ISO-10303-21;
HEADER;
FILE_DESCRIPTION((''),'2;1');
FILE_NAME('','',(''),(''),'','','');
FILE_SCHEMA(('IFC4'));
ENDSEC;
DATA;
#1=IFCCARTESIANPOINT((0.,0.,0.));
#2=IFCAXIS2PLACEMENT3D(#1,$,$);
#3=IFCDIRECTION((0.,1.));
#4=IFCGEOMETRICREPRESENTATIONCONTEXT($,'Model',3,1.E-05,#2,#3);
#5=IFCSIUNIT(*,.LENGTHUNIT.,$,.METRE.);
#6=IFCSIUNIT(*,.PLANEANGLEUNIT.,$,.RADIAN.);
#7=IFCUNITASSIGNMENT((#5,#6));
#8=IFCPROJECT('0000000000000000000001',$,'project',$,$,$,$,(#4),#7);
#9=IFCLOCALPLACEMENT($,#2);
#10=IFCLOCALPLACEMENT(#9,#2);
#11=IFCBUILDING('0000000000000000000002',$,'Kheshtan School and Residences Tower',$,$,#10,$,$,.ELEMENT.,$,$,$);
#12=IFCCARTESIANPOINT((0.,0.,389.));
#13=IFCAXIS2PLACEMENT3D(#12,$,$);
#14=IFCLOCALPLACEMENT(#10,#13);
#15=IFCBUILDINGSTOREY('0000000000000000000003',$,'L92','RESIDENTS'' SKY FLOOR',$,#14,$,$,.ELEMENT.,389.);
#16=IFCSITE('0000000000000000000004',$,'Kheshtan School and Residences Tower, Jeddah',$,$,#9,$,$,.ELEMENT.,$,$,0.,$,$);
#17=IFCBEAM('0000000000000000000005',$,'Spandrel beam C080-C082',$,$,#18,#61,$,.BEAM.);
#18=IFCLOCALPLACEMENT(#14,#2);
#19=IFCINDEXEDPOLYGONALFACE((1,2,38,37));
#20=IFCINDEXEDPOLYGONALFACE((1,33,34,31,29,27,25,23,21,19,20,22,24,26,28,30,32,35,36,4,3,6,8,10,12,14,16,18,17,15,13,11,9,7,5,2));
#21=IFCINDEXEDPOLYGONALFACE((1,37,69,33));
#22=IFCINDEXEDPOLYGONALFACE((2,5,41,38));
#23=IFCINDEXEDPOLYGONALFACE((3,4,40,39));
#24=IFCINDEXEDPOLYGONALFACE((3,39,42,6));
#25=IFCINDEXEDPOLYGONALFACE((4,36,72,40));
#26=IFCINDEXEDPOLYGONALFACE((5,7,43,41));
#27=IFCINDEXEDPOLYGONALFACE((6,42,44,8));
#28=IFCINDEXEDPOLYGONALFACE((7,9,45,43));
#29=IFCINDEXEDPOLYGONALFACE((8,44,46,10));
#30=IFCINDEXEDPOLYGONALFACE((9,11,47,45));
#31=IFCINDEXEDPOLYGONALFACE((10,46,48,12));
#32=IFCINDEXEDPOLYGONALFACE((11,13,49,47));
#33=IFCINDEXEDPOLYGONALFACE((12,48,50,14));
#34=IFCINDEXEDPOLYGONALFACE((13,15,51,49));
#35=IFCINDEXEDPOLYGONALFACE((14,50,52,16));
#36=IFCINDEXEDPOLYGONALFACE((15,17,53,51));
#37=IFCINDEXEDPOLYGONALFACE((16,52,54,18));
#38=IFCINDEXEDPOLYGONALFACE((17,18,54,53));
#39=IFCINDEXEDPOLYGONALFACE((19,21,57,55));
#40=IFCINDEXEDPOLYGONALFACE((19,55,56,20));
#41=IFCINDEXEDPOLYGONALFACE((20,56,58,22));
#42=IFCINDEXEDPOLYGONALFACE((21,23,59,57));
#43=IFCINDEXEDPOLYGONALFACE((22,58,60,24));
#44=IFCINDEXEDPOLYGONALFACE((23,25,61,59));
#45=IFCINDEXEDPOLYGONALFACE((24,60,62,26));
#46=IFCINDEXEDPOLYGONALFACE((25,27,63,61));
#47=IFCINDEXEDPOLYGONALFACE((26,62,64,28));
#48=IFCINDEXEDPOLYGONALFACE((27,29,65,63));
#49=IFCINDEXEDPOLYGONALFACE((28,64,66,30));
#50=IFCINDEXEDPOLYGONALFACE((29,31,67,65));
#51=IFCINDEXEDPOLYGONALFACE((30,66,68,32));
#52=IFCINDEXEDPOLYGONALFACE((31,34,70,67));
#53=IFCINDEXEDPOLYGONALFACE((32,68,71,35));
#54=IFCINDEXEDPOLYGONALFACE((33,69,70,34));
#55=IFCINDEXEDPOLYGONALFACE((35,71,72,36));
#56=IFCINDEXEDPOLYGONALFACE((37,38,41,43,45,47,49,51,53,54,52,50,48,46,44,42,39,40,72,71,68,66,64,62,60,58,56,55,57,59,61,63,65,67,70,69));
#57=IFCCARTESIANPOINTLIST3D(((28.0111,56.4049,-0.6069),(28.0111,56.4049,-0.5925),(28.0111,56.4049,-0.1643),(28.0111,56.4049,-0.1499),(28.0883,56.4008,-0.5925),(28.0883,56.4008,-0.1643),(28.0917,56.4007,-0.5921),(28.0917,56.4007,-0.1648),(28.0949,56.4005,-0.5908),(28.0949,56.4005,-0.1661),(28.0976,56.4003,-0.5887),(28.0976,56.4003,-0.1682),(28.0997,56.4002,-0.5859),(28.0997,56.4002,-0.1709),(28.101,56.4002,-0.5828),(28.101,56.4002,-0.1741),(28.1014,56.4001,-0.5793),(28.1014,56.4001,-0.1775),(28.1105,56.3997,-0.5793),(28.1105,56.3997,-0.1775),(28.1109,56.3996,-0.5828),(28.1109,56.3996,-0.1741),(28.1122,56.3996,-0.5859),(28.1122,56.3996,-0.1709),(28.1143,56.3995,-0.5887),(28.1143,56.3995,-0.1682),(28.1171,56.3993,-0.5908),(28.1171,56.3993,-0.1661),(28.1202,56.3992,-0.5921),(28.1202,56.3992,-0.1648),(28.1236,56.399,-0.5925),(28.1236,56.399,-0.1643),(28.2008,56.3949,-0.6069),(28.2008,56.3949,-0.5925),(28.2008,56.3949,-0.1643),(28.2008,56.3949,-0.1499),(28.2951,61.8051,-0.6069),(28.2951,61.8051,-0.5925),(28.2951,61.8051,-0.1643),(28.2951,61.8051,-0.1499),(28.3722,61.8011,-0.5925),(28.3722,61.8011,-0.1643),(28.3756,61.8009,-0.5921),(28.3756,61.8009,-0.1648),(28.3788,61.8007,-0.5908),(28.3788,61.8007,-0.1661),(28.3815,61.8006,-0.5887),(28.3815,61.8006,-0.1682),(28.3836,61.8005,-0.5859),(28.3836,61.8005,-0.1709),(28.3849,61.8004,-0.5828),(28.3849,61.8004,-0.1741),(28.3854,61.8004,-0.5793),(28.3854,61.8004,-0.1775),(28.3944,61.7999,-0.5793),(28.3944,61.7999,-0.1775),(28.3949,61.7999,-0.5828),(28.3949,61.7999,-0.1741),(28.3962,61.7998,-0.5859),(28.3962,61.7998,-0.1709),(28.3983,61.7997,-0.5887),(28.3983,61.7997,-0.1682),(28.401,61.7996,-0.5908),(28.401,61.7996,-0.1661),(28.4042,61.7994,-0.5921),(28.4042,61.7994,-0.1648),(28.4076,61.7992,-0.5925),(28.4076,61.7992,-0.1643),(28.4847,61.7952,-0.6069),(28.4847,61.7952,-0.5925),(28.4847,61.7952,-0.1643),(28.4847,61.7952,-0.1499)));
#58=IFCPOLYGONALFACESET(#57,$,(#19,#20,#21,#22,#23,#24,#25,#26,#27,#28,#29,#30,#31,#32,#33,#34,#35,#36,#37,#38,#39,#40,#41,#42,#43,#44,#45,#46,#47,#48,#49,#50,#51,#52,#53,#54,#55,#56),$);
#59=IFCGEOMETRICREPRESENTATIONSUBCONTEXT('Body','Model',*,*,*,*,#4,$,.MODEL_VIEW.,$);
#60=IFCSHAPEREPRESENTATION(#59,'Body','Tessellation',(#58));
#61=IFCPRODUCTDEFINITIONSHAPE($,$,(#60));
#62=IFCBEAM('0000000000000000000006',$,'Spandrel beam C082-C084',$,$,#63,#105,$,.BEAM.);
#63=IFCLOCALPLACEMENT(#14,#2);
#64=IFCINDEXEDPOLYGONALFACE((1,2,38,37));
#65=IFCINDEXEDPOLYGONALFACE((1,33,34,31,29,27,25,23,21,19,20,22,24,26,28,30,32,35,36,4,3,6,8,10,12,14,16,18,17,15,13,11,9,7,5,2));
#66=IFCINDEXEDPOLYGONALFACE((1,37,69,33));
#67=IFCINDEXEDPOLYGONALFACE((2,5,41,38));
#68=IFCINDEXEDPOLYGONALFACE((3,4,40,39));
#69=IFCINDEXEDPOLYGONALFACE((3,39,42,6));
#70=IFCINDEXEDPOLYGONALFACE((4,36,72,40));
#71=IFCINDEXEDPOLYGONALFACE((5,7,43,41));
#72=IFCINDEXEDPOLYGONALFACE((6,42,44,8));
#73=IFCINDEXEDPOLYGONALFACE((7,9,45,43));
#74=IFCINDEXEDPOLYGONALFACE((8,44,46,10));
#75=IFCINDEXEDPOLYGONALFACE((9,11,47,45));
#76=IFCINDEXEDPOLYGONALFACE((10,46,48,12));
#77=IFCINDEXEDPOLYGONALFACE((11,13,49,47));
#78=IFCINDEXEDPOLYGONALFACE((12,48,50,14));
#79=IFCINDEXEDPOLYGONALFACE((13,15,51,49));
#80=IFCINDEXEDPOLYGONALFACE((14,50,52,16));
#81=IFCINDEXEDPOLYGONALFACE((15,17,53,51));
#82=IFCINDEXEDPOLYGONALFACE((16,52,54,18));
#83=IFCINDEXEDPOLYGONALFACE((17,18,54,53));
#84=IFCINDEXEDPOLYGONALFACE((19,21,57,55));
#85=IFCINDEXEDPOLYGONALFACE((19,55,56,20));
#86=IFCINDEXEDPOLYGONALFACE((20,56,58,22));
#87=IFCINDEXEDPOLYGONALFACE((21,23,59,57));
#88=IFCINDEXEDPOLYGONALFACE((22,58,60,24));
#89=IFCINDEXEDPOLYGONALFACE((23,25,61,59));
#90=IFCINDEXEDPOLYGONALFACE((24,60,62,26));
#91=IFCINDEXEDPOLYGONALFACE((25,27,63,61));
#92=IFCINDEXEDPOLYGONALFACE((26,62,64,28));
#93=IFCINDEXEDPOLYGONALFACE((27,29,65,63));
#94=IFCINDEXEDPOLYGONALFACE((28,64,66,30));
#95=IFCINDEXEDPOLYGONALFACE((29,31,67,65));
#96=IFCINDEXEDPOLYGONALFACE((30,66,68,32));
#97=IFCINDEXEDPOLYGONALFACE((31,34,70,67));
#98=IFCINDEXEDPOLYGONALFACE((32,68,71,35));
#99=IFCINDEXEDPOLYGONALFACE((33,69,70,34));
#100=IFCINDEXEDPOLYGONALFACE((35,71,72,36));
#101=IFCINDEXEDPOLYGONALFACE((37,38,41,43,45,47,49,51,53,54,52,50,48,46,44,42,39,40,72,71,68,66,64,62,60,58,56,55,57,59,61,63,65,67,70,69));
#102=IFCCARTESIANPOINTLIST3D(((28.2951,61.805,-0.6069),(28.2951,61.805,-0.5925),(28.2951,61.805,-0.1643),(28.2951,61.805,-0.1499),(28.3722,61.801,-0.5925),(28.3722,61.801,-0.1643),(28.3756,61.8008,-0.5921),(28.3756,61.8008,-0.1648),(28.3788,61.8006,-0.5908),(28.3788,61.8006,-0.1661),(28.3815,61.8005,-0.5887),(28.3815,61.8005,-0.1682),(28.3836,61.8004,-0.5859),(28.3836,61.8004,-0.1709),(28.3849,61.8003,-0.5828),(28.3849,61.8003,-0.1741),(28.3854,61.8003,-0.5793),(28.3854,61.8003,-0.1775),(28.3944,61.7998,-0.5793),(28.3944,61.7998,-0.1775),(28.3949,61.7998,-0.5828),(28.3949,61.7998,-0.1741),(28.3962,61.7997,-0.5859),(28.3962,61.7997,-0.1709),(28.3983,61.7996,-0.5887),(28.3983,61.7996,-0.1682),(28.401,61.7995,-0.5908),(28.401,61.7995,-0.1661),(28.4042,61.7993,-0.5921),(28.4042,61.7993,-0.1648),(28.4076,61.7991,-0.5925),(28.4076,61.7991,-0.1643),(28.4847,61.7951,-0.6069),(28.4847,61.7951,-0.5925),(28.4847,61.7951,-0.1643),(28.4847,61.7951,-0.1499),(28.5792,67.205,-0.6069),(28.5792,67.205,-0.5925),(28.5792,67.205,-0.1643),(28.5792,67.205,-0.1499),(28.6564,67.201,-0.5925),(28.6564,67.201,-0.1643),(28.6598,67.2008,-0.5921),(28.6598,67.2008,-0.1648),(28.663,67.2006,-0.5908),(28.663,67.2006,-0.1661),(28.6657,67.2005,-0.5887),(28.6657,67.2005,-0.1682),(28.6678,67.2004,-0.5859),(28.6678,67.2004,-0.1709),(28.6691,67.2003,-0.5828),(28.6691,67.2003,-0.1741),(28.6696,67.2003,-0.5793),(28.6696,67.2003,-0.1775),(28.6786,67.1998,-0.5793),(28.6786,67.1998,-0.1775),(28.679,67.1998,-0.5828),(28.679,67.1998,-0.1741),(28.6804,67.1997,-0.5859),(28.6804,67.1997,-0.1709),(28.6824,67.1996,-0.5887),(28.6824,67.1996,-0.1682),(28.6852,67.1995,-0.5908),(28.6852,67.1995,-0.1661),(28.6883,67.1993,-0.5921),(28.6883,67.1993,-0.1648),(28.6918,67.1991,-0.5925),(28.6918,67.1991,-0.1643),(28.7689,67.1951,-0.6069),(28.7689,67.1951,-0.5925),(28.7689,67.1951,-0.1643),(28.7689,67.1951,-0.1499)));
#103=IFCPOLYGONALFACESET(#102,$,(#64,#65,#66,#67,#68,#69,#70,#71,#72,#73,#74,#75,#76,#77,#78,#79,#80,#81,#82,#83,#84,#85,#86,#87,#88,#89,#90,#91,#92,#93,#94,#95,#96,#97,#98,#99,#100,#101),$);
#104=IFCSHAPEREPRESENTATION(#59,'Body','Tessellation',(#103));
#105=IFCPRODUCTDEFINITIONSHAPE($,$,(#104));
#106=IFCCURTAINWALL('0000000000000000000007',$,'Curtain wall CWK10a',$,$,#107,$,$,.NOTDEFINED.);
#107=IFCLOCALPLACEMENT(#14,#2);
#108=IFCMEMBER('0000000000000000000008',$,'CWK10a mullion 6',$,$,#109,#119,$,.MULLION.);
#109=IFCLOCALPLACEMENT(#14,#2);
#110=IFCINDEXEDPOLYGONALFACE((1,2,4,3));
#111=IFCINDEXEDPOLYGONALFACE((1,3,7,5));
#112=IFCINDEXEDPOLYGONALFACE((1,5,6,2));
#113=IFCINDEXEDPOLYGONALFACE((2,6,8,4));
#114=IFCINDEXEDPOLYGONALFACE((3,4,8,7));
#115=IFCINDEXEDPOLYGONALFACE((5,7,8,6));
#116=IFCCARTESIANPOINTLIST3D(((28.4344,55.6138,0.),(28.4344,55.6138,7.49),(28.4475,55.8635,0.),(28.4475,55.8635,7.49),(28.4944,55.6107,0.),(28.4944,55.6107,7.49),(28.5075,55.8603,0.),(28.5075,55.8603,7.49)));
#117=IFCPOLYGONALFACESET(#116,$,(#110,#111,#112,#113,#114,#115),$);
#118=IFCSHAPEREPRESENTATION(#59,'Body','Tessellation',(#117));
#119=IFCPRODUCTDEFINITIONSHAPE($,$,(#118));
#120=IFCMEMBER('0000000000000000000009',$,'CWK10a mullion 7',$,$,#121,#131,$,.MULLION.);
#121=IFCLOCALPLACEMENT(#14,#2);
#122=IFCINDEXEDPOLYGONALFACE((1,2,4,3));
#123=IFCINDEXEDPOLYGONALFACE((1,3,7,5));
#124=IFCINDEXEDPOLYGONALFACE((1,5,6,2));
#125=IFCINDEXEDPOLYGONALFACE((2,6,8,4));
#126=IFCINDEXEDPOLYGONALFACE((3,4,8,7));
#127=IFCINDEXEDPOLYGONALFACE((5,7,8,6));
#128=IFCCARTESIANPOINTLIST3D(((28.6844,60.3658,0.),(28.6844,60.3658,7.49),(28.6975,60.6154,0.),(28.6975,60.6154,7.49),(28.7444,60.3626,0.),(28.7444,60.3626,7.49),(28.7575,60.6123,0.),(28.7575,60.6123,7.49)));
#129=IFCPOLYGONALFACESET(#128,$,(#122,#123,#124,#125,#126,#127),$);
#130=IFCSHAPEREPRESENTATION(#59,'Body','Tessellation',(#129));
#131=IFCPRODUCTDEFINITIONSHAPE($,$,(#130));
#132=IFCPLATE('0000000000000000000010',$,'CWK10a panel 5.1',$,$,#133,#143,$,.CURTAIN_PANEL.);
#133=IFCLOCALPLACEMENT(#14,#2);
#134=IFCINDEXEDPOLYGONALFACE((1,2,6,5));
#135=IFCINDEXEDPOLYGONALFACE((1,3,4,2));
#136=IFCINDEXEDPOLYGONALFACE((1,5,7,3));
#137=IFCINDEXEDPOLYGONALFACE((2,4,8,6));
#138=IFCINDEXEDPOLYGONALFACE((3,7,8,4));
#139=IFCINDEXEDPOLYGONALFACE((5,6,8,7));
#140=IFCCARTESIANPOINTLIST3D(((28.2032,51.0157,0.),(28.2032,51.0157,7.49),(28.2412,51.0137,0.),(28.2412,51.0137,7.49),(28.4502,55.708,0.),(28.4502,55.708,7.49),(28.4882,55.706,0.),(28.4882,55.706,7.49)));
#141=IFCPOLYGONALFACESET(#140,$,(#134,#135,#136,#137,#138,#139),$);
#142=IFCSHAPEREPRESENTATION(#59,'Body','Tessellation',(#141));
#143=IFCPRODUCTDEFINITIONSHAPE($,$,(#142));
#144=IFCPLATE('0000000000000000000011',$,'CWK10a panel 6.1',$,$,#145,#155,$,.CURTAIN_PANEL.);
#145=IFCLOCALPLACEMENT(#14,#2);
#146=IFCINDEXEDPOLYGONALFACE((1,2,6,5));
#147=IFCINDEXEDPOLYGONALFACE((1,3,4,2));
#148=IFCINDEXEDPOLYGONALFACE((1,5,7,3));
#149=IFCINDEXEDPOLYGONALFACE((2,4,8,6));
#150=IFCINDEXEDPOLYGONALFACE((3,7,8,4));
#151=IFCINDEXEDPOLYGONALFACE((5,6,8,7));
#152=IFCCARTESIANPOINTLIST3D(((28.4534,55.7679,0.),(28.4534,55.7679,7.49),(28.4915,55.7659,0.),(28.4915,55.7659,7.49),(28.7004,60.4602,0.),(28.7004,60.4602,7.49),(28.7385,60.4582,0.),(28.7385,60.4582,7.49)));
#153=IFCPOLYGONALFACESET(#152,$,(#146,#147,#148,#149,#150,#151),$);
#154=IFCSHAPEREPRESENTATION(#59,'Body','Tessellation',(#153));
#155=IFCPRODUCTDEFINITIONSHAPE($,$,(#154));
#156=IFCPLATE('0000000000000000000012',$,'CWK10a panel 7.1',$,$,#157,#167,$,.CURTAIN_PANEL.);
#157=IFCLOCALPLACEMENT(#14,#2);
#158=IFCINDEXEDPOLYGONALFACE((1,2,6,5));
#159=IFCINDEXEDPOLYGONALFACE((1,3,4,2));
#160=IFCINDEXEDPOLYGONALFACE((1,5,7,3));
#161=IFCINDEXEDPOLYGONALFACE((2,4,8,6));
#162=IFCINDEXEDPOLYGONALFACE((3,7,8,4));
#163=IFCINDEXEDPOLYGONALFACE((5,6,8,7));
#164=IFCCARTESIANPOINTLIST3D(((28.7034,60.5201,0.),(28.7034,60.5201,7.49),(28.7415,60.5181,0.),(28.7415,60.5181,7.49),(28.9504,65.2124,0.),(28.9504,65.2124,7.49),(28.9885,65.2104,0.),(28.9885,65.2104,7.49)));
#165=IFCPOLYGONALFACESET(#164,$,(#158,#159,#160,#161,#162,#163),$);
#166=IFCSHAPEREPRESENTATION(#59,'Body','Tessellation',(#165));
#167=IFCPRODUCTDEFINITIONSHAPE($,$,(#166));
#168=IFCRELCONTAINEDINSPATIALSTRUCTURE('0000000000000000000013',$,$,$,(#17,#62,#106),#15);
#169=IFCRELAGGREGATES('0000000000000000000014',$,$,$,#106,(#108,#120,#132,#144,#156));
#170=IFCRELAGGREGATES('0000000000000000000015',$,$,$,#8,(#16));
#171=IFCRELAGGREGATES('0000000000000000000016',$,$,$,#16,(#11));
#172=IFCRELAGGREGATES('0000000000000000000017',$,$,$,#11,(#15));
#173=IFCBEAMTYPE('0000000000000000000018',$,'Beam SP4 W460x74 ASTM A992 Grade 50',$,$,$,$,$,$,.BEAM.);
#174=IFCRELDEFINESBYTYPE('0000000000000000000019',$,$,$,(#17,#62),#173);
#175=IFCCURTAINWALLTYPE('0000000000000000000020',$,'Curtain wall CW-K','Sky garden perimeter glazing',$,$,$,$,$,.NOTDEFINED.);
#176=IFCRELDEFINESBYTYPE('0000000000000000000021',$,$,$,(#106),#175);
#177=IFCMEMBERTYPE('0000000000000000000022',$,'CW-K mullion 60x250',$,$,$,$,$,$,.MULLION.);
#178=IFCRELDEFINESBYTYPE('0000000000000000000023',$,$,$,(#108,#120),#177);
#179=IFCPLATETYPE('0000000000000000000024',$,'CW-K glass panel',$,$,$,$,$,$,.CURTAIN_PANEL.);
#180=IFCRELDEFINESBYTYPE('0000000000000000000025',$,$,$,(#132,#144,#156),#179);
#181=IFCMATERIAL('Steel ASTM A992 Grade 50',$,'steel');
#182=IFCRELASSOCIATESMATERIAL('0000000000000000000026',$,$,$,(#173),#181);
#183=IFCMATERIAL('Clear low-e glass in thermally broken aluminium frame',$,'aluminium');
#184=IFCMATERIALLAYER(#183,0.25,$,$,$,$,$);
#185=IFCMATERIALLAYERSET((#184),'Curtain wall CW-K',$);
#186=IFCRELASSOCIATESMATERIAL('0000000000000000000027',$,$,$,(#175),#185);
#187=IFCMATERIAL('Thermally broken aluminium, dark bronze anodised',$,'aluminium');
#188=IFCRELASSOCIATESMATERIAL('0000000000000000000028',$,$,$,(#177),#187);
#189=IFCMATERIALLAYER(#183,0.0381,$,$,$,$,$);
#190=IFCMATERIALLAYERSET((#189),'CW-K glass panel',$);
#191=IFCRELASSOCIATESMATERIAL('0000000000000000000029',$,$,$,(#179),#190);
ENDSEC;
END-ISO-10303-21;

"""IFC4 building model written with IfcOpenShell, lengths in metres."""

from ifc_helpers import new_model, si_unit, direction, frame, origin, origin_2d, place, context, subcontext, project, spatial, rectangle, i_section, extrude, material, layer, layer_set, material_profile, profile_set, type_object, element, aggregate, save


model = new_model("IFC4")

# Units and contexts
model_context = context("Model", 3, precision=1e-05, world=origin(), true_north=direction((0.0, 1.0)))
body_context = subcontext(model_context, "Body", "Model", "MODEL_VIEW")
ifc_project = project(units=[si_unit("LENGTHUNIT", "METRE"), si_unit("PLANEANGLEUNIT", "RADIAN")], contexts=[model_context])

# Site, building, storey
site_placement = place(None, origin())
site = spatial("IfcSite", under=ifc_project, at=site_placement, Name="Kheshtan School and Residences Tower, Jeddah", CompositionType="ELEMENT", RefElevation=0.0)
building_placement = place(site_placement, origin())
building = spatial("IfcBuilding", under=site, at=building_placement, Name="Kheshtan School and Residences Tower", CompositionType="ELEMENT")
storey_placement = place(building_placement, frame((0.0, 0.0, 389.0)))
storey = spatial("IfcBuildingStorey", under=building, at=storey_placement, Name="L92", Description="RESIDENTS' SKY FLOOR", CompositionType="ELEMENT", Elevation=389.0)

# Shared definitions
ifc_material_1 = material(Name="Steel ASTM A992 Grade 50", Category="steel")

# Beams
ifc_material_profile_1 = material_profile(ifc_material_1, i_section(OverallWidth=0.1899, OverallDepth=0.457, WebThickness=0.009, FlangeThickness=0.0144, FilletRadius=0.0132, at=origin_2d()), Name="W460x74")
ifc_profile_set_1 = profile_set([ifc_material_profile_1], Name="Steel ASTM A992 Grade 50")
beam_type_1 = type_object("IfcBeamType", Name="Beam SP4 W460x74 ASTM A992 Grade 50", PredefinedType="BEAM", material=ifc_profile_set_1)
beam_1_placement = place(storey_placement, frame((28.106, 56.3999, -0.3784), z_axis=(0.052507, 0.998621, 0.0), x_axis=(-0.998621, 0.052507, 0.0)))
element("IfcBeam", 1, at=beam_1_placement, inside=storey, type_object=beam_type_1, Name="Spandrel beam C080-C082", PredefinedType="BEAM", context=body_context, shape_type="SweptSolid", body=[
    extrude(i_section(OverallWidth=0.1899, OverallDepth=0.457, WebThickness=0.009, FlangeThickness=0.0144, FilletRadius=0.0132, at=origin_2d()), origin(), (0.0, 0.0, 1.0), 5.4077),
])
beam_2_placement = place(storey_placement, frame((28.3899, 61.8, -0.3784), z_axis=(0.052554, 0.998618, 0.0), x_axis=(-0.998618, 0.052554, 0.0)))
element("IfcBeam", 2, at=beam_2_placement, inside=storey, type_object=beam_type_1, Name="Spandrel beam C082-C084", PredefinedType="BEAM", context=body_context, shape_type="SweptSolid", body=[
    extrude(i_section(OverallWidth=0.1899, OverallDepth=0.457, WebThickness=0.009, FlangeThickness=0.0144, FilletRadius=0.0132, at=origin_2d()), origin(), (0.0, 0.0, 1.0), 5.4075),
])

# Curtain wall, members, plates
ifc_material_2 = material(Name="Clear low-e glass in thermally broken aluminium frame", Category="aluminium")
ifc_layer_1 = layer(ifc_material_2, 0.25)
ifc_layer_set_1 = layer_set([ifc_layer_1], Name="Curtain wall CW-K")
curtain_wall_type = type_object("IfcCurtainWallType", Name="Curtain wall CW-K", Description="Sky garden perimeter glazing", PredefinedType="NOTDEFINED", material=ifc_layer_set_1)
curtain_wall_placement = place(storey_placement, origin())
curtain_wall = element("IfcCurtainWall", 3, at=curtain_wall_placement, inside=storey, type_object=curtain_wall_type, Name="Curtain wall CWK10a", PredefinedType="NOTDEFINED")
ifc_material_3 = material(Name="Thermally broken aluminium, dark bronze anodised", Category="aluminium")
ifc_material_profile_2 = material_profile(ifc_material_3, rectangle(XDim=0.0601, YDim=0.25, at=origin_2d()), Name="CW-K mullion 60x250")
ifc_profile_set_2 = profile_set([ifc_material_profile_2], Name="Thermally broken aluminium, dark bronze anodised")
member_type = type_object("IfcMemberType", Name="CW-K mullion 60x250", PredefinedType="MULLION", material=ifc_profile_set_2)
member_1_placement = place(storey_placement, frame((28.4709, 55.7371, 0.0), z_axis=(0.0, 0.0, 1.0), x_axis=(-0.998617, 0.052565, 0.0)))
member_1 = element("IfcMember", 4, at=member_1_placement, type_object=member_type, Name="CWK10a mullion 6", PredefinedType="MULLION", context=body_context, shape_type="SweptSolid", body=[
    extrude(rectangle(XDim=0.0601, YDim=0.25, at=origin_2d()), origin(), (0.0, 0.0, 1.0), 7.49),
])
member_2_placement = place(storey_placement, frame((28.7209, 60.489, 0.0), z_axis=(0.0, 0.0, 1.0), x_axis=(-0.998617, 0.052565, 0.0)))
member_2 = element("IfcMember", 5, at=member_2_placement, type_object=member_type, Name="CWK10a mullion 7", PredefinedType="MULLION", context=body_context, shape_type="SweptSolid", body=[
    extrude(rectangle(XDim=0.0601, YDim=0.25, at=origin_2d()), origin(), (0.0, 0.0, 1.0), 7.49),
])
ifc_layer_2 = layer(ifc_material_2, 0.0381)
ifc_layer_set_2 = layer_set([ifc_layer_2], Name="CW-K glass panel")
plate_type = type_object("IfcPlateType", Name="CW-K glass panel", PredefinedType="CURTAIN_PANEL", material=ifc_layer_set_2)
plate_1_placement = place(storey_placement, frame((28.3457, 53.3608, 0.0), z_axis=(0.0, 0.0, 1.0), x_axis=(0.052565, 0.998617, 0.0)))
plate_1 = element("IfcPlate", 6, at=plate_1_placement, type_object=plate_type, Name="CWK10a panel 5.1", PredefinedType="CURTAIN_PANEL", context=body_context, shape_type="SweptSolid", body=[
    extrude(rectangle(XDim=4.6987, YDim=0.0381, at=origin_2d()), origin(), (0.0, 0.0, 1.0), 7.49),
])
plate_2_placement = place(storey_placement, frame((28.5959, 58.113, 0.0), z_axis=(0.0, 0.0, 1.0), x_axis=(0.052565, 0.998617, 0.0)))
plate_2 = element("IfcPlate", 7, at=plate_2_placement, type_object=plate_type, Name="CWK10a panel 6.1", PredefinedType="CURTAIN_PANEL", context=body_context, shape_type="SweptSolid", body=[
    extrude(rectangle(XDim=4.6987, YDim=0.0381, at=origin_2d()), origin(), (0.0, 0.0, 1.0), 7.49),
])
plate_3_placement = place(storey_placement, frame((28.8459, 62.8652, 0.0), z_axis=(0.0, 0.0, 1.0), x_axis=(0.052565, 0.998617, 0.0)))
plate_3 = element("IfcPlate", 8, at=plate_3_placement, type_object=plate_type, Name="CWK10a panel 7.1", PredefinedType="CURTAIN_PANEL", context=body_context, shape_type="SweptSolid", body=[
    extrude(rectangle(XDim=4.6987, YDim=0.0381, at=origin_2d()), origin(), (0.0, 0.0, 1.0), 7.49),
])
aggregate(curtain_wall, [member_1, member_2, plate_1, plate_2, plate_3])

save(model, "model.ifc")
